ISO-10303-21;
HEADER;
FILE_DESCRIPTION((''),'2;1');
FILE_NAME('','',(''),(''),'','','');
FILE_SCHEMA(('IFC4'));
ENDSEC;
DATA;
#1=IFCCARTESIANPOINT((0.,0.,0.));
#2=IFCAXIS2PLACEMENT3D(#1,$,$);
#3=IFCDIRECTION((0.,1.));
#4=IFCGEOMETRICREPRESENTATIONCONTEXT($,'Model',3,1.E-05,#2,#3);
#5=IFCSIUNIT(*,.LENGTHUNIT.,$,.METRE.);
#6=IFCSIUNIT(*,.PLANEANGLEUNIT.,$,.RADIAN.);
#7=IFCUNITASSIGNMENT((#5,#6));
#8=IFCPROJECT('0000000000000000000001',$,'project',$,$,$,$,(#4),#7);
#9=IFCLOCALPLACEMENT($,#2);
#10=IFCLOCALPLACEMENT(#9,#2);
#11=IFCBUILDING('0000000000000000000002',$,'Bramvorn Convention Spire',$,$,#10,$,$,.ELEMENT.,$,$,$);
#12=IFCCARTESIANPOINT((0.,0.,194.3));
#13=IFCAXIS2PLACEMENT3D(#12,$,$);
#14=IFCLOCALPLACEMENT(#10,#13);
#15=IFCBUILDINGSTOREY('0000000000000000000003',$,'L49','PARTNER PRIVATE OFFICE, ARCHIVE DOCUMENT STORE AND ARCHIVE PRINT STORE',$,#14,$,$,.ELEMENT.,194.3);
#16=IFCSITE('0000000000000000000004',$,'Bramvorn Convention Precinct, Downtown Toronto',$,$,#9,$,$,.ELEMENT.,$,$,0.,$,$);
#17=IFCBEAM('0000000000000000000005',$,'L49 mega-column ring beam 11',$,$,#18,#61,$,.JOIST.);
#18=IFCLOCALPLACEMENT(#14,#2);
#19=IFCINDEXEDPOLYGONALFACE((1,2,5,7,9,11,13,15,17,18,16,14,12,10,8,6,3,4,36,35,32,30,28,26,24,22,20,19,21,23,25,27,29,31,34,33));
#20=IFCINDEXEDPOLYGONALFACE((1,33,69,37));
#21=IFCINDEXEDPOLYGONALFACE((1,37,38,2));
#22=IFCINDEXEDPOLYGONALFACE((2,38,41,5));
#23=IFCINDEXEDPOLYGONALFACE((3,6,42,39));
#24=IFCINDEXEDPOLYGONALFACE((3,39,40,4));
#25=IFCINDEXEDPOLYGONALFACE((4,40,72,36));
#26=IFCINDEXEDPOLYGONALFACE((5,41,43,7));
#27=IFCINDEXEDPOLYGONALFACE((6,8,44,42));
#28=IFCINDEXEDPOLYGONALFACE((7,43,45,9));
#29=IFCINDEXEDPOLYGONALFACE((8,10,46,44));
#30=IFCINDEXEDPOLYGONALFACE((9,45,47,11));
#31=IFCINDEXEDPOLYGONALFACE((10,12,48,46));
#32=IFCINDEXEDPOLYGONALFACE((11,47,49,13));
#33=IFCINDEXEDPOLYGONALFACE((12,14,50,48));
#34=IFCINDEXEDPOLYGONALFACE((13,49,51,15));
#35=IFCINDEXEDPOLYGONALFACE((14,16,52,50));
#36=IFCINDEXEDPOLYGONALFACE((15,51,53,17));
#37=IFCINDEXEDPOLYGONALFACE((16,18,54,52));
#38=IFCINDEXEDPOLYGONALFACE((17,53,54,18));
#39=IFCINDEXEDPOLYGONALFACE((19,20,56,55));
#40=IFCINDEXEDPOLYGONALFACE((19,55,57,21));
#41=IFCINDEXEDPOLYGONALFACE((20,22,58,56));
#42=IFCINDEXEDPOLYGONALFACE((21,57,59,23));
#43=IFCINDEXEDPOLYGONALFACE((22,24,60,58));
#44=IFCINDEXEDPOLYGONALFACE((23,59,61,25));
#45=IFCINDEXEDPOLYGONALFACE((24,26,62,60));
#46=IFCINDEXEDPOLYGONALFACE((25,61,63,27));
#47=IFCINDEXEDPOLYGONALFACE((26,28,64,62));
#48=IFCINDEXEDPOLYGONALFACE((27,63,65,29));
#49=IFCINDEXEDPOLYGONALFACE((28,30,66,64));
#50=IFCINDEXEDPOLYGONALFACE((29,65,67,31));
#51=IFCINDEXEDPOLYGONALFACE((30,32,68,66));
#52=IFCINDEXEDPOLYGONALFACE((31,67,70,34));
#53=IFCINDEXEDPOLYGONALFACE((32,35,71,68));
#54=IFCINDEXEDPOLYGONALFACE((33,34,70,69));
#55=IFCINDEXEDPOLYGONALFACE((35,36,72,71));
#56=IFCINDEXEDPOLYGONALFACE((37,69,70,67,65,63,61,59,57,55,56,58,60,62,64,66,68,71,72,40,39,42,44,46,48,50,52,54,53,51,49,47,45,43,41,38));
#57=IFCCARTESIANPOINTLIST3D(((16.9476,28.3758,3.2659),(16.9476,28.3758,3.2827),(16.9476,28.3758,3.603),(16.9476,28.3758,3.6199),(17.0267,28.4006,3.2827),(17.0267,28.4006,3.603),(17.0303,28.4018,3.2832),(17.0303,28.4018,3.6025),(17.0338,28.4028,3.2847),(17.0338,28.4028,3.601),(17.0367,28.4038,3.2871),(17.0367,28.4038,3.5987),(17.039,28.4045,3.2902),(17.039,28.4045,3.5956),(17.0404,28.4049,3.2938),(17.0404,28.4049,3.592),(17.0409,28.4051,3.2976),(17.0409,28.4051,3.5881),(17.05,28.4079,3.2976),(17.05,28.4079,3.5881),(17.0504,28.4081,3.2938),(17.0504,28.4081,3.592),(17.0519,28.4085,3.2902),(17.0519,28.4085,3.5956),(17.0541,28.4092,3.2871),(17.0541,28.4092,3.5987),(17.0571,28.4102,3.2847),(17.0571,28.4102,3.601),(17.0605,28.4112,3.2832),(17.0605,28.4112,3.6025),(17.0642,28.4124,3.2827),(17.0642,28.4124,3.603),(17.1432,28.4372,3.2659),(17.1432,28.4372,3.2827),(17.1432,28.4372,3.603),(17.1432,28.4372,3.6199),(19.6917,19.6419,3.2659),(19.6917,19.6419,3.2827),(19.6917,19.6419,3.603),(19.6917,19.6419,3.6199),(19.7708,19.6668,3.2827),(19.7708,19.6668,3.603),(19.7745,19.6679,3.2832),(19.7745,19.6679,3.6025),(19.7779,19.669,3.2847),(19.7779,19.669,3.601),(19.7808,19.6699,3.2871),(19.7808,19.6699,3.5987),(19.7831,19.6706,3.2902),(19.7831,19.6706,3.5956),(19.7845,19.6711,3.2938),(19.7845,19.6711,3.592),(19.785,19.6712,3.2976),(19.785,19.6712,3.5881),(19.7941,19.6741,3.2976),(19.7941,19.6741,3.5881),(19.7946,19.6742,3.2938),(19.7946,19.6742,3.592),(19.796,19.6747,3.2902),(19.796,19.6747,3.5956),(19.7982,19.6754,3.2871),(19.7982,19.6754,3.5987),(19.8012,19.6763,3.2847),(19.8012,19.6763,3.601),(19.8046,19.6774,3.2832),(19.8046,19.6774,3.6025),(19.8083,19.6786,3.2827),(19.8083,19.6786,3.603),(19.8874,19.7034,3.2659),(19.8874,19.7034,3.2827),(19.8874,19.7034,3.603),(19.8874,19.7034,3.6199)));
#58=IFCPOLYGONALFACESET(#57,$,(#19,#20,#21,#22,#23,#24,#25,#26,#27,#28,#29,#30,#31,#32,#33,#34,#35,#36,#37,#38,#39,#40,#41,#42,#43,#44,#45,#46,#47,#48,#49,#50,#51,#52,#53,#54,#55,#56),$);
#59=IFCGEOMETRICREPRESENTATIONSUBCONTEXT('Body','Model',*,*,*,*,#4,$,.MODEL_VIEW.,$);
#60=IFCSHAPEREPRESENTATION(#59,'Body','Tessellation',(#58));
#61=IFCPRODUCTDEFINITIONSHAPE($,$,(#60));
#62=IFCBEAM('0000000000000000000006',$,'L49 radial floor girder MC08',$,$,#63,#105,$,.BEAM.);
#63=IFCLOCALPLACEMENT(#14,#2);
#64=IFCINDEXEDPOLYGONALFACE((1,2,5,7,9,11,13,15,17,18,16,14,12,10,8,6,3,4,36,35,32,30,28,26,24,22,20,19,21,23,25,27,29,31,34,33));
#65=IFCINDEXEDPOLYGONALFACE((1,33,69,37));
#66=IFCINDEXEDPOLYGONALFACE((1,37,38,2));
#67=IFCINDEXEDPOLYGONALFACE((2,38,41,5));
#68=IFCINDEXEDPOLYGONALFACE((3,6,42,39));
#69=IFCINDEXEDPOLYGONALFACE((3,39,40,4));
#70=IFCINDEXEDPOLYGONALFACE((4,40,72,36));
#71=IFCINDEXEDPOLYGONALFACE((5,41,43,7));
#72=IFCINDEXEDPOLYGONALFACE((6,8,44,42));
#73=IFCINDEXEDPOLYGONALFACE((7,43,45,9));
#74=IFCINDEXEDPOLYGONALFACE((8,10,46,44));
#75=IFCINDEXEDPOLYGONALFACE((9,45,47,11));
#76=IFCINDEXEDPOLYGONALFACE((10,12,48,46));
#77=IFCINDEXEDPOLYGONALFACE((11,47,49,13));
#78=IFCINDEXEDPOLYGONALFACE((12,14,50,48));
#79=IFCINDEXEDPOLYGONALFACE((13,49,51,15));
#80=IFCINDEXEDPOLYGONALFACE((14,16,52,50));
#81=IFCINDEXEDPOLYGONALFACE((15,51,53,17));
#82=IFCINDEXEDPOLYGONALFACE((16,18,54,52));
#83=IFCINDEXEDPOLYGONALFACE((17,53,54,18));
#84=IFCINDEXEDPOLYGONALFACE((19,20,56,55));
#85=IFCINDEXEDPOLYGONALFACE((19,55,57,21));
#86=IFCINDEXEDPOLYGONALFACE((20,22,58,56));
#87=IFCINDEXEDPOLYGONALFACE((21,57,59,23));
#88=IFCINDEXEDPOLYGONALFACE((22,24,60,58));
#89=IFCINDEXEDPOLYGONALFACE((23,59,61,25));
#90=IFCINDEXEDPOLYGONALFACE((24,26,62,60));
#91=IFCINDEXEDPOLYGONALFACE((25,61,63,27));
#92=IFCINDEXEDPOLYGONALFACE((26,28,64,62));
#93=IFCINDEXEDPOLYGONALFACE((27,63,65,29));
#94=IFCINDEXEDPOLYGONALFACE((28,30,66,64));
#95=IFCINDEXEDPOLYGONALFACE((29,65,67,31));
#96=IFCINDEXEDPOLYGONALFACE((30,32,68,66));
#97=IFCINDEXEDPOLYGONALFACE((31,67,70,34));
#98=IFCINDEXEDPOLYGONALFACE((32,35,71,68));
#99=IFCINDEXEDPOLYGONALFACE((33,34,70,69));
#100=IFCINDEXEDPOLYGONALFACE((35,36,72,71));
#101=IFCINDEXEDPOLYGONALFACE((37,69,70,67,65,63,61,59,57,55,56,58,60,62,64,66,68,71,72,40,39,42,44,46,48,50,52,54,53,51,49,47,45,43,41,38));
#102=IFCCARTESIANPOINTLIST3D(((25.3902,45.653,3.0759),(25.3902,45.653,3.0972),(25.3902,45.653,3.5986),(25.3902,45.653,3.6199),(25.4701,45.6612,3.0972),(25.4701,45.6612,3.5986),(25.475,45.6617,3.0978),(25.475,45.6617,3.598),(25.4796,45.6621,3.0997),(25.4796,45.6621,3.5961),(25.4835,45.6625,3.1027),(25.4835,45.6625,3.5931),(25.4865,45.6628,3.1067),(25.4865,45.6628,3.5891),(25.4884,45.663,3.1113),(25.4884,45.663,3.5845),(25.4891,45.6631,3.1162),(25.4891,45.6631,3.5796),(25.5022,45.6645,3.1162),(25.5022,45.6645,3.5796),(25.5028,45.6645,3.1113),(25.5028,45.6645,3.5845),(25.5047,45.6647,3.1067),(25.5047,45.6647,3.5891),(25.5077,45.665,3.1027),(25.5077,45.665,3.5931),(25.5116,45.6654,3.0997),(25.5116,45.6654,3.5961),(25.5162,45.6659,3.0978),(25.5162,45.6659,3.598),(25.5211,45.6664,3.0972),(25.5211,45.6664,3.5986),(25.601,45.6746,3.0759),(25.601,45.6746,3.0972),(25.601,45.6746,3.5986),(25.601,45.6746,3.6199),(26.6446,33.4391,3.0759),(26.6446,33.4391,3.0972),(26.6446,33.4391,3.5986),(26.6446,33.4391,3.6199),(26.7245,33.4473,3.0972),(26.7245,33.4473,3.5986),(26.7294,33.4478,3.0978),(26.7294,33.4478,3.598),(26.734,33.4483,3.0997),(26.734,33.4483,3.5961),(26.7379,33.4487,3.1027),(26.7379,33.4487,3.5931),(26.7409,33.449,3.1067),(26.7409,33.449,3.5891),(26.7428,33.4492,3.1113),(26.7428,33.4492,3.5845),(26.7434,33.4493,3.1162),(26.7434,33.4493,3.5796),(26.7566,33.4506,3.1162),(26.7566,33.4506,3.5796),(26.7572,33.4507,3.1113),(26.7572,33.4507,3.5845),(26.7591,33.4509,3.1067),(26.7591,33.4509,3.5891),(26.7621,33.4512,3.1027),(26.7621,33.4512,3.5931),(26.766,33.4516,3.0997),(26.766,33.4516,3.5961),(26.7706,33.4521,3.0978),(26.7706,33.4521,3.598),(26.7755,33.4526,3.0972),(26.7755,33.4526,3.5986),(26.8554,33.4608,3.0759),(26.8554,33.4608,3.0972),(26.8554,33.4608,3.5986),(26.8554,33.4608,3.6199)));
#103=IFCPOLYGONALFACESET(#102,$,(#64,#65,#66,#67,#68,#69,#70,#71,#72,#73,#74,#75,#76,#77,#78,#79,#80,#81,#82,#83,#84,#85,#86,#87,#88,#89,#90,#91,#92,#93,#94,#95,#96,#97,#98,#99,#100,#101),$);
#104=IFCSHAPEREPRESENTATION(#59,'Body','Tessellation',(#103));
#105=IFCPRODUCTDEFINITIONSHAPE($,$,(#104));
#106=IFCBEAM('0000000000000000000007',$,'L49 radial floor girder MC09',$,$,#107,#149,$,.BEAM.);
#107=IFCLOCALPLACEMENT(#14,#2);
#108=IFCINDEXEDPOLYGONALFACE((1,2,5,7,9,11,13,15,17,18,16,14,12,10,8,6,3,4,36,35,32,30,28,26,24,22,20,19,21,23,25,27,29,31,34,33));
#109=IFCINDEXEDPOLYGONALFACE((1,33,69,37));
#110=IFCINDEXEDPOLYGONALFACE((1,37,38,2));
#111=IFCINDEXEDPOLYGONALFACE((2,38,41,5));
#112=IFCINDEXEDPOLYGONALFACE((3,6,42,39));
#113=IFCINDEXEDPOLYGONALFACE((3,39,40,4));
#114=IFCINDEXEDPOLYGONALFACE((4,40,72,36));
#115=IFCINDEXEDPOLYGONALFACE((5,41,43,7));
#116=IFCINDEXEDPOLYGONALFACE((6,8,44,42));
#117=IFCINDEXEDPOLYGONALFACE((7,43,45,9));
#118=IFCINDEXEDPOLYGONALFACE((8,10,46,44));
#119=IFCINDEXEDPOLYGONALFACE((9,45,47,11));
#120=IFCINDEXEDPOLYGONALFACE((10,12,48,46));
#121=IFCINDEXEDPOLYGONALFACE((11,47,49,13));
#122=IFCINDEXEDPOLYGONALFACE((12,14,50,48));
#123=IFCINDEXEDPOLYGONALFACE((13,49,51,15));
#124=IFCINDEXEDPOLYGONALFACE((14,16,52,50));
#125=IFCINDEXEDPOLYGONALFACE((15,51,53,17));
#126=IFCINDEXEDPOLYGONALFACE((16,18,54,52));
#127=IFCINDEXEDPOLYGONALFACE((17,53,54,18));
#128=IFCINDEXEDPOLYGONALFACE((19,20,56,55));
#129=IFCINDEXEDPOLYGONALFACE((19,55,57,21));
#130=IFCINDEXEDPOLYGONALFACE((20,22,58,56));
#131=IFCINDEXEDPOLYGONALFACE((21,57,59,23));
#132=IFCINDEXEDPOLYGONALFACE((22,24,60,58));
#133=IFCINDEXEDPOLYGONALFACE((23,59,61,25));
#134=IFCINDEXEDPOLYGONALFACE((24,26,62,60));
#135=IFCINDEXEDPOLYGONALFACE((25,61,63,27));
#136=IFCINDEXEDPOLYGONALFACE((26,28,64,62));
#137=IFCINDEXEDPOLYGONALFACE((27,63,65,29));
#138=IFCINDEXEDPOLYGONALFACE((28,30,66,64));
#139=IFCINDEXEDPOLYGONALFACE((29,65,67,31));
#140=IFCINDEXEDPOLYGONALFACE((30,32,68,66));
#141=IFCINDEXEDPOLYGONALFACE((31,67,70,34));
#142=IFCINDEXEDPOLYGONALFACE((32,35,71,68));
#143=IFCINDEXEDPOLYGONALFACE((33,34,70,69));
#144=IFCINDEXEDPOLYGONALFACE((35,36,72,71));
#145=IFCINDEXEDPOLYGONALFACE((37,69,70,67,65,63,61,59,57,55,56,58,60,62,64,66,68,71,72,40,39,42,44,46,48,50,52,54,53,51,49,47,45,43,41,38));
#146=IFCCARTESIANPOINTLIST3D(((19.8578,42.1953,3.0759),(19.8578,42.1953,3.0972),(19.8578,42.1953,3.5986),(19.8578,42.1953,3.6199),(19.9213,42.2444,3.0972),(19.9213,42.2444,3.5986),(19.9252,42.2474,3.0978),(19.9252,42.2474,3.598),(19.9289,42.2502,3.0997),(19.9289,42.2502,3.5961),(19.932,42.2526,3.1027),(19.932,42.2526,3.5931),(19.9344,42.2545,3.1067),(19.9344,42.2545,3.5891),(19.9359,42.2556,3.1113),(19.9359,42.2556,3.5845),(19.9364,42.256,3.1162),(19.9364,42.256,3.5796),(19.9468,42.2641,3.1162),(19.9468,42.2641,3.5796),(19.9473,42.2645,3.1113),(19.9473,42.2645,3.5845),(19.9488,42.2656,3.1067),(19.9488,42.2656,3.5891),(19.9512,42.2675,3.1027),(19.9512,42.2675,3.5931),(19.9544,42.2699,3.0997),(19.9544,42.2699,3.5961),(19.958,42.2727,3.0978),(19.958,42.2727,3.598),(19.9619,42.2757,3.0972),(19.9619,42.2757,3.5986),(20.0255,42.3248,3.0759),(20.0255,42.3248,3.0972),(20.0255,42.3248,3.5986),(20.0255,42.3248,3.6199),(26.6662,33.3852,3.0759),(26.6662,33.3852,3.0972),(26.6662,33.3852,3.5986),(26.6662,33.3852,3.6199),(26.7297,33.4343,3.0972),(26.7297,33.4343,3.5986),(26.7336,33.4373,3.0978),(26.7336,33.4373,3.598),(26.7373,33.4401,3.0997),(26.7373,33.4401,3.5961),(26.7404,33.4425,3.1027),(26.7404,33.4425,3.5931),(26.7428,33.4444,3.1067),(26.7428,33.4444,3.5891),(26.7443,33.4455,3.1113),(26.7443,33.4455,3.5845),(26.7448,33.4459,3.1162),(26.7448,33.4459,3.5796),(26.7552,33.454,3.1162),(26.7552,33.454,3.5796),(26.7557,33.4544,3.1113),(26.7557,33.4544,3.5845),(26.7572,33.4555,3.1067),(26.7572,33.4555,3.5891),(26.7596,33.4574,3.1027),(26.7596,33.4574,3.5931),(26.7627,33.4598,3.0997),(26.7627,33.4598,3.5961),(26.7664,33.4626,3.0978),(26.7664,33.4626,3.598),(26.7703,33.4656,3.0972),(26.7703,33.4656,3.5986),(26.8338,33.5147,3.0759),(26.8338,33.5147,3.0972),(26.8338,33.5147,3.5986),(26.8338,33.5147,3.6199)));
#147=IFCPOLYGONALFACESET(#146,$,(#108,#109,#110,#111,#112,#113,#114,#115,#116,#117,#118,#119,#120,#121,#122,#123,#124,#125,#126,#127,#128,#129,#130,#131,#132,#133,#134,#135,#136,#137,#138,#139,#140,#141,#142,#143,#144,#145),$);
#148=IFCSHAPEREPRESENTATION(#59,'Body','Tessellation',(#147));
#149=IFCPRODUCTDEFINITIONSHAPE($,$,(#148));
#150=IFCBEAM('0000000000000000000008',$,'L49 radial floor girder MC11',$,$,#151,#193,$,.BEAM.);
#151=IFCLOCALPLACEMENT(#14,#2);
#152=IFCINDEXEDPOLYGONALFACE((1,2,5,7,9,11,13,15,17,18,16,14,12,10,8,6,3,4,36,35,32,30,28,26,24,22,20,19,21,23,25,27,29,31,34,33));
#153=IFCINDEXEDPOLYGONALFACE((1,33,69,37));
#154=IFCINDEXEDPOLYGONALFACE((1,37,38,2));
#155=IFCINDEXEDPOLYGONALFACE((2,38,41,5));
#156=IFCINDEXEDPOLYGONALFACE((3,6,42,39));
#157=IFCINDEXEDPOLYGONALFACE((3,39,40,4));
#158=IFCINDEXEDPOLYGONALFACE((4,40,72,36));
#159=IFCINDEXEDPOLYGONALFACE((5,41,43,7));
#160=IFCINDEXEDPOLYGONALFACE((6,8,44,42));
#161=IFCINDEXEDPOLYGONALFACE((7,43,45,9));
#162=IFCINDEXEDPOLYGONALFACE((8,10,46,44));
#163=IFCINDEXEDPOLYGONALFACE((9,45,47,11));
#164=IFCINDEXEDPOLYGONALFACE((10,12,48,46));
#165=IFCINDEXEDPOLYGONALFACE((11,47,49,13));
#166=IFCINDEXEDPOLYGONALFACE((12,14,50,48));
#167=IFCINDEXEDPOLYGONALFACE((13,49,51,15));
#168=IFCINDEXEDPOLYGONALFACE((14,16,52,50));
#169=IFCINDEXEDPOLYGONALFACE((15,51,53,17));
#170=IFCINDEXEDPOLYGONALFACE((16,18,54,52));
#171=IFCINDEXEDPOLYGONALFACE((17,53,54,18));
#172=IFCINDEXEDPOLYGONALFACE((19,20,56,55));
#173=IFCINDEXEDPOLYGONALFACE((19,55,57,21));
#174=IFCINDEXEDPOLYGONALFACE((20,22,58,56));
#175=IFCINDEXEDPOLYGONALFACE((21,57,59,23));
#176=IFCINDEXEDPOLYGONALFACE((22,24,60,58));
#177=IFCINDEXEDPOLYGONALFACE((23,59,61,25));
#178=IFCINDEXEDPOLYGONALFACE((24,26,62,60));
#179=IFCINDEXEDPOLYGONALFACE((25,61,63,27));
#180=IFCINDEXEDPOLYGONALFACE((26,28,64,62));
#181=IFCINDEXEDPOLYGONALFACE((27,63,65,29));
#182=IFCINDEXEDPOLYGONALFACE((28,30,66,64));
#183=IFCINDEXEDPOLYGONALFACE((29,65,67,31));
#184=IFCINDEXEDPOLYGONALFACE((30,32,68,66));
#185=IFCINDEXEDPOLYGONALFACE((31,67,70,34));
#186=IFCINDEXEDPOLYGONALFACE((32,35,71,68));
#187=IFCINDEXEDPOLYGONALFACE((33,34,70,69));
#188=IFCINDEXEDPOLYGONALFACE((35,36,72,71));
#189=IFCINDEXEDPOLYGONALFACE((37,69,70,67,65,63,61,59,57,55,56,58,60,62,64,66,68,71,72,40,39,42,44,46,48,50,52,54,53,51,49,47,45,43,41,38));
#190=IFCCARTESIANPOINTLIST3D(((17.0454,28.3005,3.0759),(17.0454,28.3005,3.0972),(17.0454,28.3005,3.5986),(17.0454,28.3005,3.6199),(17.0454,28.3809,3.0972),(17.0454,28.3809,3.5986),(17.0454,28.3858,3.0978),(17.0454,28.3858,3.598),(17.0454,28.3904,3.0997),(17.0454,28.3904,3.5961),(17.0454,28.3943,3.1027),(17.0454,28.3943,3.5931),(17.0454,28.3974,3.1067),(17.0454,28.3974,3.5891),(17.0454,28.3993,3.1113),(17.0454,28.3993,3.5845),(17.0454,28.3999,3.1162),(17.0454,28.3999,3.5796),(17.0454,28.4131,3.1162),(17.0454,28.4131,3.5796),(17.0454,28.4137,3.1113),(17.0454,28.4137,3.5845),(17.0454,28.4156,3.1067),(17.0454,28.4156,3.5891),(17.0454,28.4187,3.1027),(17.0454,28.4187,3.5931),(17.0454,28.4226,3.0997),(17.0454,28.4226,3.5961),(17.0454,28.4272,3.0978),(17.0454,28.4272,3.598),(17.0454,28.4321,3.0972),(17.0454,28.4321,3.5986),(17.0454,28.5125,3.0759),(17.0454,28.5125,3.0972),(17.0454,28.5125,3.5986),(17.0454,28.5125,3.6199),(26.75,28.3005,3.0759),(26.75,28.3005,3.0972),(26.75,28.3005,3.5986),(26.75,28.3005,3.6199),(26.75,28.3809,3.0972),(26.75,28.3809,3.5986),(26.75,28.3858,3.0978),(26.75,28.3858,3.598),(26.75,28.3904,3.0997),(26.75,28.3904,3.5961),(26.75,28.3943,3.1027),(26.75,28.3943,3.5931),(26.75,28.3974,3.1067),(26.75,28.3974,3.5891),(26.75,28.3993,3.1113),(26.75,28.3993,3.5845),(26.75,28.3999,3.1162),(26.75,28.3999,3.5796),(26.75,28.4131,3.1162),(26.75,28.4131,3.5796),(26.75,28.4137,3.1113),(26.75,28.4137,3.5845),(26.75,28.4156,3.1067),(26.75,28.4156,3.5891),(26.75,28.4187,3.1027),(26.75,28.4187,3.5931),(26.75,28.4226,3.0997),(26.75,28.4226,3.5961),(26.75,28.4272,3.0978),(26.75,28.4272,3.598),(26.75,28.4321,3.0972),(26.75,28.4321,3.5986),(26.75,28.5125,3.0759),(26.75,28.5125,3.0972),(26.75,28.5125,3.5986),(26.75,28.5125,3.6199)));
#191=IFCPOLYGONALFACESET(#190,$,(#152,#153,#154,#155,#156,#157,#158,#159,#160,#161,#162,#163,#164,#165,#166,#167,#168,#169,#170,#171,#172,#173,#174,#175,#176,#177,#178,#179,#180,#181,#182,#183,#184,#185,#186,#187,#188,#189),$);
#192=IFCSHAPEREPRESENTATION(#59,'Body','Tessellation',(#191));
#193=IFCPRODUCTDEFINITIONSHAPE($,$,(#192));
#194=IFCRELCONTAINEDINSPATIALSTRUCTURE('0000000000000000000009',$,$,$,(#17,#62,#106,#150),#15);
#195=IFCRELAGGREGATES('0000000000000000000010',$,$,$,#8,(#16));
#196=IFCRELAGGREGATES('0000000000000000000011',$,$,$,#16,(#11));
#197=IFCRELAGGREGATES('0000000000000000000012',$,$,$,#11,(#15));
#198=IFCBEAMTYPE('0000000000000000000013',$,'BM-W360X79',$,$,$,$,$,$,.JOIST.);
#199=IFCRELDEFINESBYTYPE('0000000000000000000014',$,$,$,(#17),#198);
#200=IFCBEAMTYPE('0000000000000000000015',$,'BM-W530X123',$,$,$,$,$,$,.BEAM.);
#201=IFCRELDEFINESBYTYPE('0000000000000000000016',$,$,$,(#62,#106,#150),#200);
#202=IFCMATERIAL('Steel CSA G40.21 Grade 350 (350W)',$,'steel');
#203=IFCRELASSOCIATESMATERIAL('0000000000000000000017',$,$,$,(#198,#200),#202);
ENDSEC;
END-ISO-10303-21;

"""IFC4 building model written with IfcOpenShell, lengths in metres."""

from ifc_helpers import new_model, si_unit, direction, frame, origin, origin_2d, place, context, subcontext, project, spatial, i_section, extrude, material, material_profile, profile_set, type_object, element, save


model = new_model("IFC4")

# Units and contexts
model_context = context("Model", 3, precision=1e-05, world=origin(), true_north=direction((0.0, 1.0)))
body_context = subcontext(model_context, "Body", "Model", "MODEL_VIEW")
ifc_project = project(units=[si_unit("LENGTHUNIT", "METRE"), si_unit("PLANEANGLEUNIT", "RADIAN")], contexts=[model_context])

# Site, building, storey
site_placement = place(None, origin())
site = spatial("IfcSite", under=ifc_project, at=site_placement, Name="Bramvorn Convention Precinct, Downtown Toronto", CompositionType="ELEMENT", RefElevation=0.0)
building_placement = place(site_placement, origin())
building = spatial("IfcBuilding", under=site, at=building_placement, Name="Bramvorn Convention Spire", CompositionType="ELEMENT")
storey_placement = place(building_placement, frame((0.0, 0.0, 194.3)))
storey = spatial("IfcBuildingStorey", under=building, at=storey_placement, Name="L49", Description="PARTNER PRIVATE OFFICE, ARCHIVE DOCUMENT STORE AND ARCHIVE PRINT STORE", CompositionType="ELEMENT", Elevation=194.3)

# Shared definitions
ifc_material_1 = material(Name="Steel CSA G40.21 Grade 350 (350W)", Category="steel")

# Beams
ifc_material_profile_1 = material_profile(ifc_material_1, i_section(OverallWidth=0.2051, OverallDepth=0.354, WebThickness=0.0095, FlangeThickness=0.0168, FilletRadius=0.0149, at=origin_2d()))
ifc_profile_set_1 = profile_set([ifc_material_profile_1], Name="Steel CSA G40.21 Grade 350 (350W) - W360X79")
beam_type_1 = type_object("IfcBeamType", Name="BM-W360X79", PredefinedType="JOIST", material=ifc_profile_set_1)
beam_1_placement = place(storey_placement, frame((17.0454, 28.4065, 3.4429), z_axis=(0.299748, -0.954019, 0.0), x_axis=(0.954019, 0.299748, 0.0)))
element("IfcBeam", 1, at=beam_1_placement, inside=storey, type_object=beam_type_1, Name="L49 mega-column ring beam 11", PredefinedType="JOIST", context=body_context, shape_type="SweptSolid", body=[
    extrude(i_section(OverallWidth=0.2051, OverallDepth=0.354, WebThickness=0.0095, FlangeThickness=0.0168, FilletRadius=0.0149, at=origin_2d()), origin(), (0.0, 0.0, 1.0), 9.1548),
])
ifc_material_profile_2 = material_profile(ifc_material_1, i_section(OverallWidth=0.2119, OverallDepth=0.5439, WebThickness=0.0132, FlangeThickness=0.0212, FilletRadius=0.019, at=origin_2d()))
ifc_profile_set_2 = profile_set([ifc_material_profile_2], Name="Steel CSA G40.21 Grade 350 (350W) - W530X123")
beam_type_2 = type_object("IfcBeamType", Name="BM-W530X123", PredefinedType="BEAM", material=ifc_profile_set_2)
beam_2_placement = place(storey_placement, frame((26.75, 33.45, 3.3479), z_axis=(-0.102165, 0.994767, 0.0), x_axis=(-0.994767, -0.102165, 0.0)))
element("IfcBeam", 2, at=beam_2_placement, inside=storey, type_object=beam_type_2, Name="L49 radial floor girder MC08", PredefinedType="BEAM", context=body_context, shape_type="SweptSolid", body=[
    extrude(i_section(OverallWidth=0.2119, OverallDepth=0.5439, WebThickness=0.0132, FlangeThickness=0.0212, FilletRadius=0.019, at=origin_2d()), origin(), (0.0, 0.0, 1.0), 12.2781),
])
beam_3_placement = place(storey_placement, frame((26.75, 33.45, 3.3479), z_axis=(-0.61148, 0.79126, 0.0), x_axis=(-0.79126, -0.61148, 0.0)))
element("IfcBeam", 3, at=beam_3_placement, inside=storey, type_object=beam_type_2, Name="L49 radial floor girder MC09", PredefinedType="BEAM", context=body_context, shape_type="SweptSolid", body=[
    extrude(i_section(OverallWidth=0.2119, OverallDepth=0.5439, WebThickness=0.0132, FlangeThickness=0.0212, FilletRadius=0.019, at=origin_2d()), origin(), (0.0, 0.0, 1.0), 11.1343),
])
beam_4_placement = place(storey_placement, frame((26.75, 28.4065, 3.3479), z_axis=(-1.0, 0.0, 0.0), x_axis=(0.0, -1.0, 0.0)))
element("IfcBeam", 4, at=beam_4_placement, inside=storey, type_object=beam_type_2, Name="L49 radial floor girder MC11", PredefinedType="BEAM", context=body_context, shape_type="SweptSolid", body=[
    extrude(i_section(OverallWidth=0.2119, OverallDepth=0.5439, WebThickness=0.0132, FlangeThickness=0.0212, FilletRadius=0.019, at=origin_2d()), origin(), (0.0, 0.0, 1.0), 9.7046),
])

save(model, "model.ifc")
